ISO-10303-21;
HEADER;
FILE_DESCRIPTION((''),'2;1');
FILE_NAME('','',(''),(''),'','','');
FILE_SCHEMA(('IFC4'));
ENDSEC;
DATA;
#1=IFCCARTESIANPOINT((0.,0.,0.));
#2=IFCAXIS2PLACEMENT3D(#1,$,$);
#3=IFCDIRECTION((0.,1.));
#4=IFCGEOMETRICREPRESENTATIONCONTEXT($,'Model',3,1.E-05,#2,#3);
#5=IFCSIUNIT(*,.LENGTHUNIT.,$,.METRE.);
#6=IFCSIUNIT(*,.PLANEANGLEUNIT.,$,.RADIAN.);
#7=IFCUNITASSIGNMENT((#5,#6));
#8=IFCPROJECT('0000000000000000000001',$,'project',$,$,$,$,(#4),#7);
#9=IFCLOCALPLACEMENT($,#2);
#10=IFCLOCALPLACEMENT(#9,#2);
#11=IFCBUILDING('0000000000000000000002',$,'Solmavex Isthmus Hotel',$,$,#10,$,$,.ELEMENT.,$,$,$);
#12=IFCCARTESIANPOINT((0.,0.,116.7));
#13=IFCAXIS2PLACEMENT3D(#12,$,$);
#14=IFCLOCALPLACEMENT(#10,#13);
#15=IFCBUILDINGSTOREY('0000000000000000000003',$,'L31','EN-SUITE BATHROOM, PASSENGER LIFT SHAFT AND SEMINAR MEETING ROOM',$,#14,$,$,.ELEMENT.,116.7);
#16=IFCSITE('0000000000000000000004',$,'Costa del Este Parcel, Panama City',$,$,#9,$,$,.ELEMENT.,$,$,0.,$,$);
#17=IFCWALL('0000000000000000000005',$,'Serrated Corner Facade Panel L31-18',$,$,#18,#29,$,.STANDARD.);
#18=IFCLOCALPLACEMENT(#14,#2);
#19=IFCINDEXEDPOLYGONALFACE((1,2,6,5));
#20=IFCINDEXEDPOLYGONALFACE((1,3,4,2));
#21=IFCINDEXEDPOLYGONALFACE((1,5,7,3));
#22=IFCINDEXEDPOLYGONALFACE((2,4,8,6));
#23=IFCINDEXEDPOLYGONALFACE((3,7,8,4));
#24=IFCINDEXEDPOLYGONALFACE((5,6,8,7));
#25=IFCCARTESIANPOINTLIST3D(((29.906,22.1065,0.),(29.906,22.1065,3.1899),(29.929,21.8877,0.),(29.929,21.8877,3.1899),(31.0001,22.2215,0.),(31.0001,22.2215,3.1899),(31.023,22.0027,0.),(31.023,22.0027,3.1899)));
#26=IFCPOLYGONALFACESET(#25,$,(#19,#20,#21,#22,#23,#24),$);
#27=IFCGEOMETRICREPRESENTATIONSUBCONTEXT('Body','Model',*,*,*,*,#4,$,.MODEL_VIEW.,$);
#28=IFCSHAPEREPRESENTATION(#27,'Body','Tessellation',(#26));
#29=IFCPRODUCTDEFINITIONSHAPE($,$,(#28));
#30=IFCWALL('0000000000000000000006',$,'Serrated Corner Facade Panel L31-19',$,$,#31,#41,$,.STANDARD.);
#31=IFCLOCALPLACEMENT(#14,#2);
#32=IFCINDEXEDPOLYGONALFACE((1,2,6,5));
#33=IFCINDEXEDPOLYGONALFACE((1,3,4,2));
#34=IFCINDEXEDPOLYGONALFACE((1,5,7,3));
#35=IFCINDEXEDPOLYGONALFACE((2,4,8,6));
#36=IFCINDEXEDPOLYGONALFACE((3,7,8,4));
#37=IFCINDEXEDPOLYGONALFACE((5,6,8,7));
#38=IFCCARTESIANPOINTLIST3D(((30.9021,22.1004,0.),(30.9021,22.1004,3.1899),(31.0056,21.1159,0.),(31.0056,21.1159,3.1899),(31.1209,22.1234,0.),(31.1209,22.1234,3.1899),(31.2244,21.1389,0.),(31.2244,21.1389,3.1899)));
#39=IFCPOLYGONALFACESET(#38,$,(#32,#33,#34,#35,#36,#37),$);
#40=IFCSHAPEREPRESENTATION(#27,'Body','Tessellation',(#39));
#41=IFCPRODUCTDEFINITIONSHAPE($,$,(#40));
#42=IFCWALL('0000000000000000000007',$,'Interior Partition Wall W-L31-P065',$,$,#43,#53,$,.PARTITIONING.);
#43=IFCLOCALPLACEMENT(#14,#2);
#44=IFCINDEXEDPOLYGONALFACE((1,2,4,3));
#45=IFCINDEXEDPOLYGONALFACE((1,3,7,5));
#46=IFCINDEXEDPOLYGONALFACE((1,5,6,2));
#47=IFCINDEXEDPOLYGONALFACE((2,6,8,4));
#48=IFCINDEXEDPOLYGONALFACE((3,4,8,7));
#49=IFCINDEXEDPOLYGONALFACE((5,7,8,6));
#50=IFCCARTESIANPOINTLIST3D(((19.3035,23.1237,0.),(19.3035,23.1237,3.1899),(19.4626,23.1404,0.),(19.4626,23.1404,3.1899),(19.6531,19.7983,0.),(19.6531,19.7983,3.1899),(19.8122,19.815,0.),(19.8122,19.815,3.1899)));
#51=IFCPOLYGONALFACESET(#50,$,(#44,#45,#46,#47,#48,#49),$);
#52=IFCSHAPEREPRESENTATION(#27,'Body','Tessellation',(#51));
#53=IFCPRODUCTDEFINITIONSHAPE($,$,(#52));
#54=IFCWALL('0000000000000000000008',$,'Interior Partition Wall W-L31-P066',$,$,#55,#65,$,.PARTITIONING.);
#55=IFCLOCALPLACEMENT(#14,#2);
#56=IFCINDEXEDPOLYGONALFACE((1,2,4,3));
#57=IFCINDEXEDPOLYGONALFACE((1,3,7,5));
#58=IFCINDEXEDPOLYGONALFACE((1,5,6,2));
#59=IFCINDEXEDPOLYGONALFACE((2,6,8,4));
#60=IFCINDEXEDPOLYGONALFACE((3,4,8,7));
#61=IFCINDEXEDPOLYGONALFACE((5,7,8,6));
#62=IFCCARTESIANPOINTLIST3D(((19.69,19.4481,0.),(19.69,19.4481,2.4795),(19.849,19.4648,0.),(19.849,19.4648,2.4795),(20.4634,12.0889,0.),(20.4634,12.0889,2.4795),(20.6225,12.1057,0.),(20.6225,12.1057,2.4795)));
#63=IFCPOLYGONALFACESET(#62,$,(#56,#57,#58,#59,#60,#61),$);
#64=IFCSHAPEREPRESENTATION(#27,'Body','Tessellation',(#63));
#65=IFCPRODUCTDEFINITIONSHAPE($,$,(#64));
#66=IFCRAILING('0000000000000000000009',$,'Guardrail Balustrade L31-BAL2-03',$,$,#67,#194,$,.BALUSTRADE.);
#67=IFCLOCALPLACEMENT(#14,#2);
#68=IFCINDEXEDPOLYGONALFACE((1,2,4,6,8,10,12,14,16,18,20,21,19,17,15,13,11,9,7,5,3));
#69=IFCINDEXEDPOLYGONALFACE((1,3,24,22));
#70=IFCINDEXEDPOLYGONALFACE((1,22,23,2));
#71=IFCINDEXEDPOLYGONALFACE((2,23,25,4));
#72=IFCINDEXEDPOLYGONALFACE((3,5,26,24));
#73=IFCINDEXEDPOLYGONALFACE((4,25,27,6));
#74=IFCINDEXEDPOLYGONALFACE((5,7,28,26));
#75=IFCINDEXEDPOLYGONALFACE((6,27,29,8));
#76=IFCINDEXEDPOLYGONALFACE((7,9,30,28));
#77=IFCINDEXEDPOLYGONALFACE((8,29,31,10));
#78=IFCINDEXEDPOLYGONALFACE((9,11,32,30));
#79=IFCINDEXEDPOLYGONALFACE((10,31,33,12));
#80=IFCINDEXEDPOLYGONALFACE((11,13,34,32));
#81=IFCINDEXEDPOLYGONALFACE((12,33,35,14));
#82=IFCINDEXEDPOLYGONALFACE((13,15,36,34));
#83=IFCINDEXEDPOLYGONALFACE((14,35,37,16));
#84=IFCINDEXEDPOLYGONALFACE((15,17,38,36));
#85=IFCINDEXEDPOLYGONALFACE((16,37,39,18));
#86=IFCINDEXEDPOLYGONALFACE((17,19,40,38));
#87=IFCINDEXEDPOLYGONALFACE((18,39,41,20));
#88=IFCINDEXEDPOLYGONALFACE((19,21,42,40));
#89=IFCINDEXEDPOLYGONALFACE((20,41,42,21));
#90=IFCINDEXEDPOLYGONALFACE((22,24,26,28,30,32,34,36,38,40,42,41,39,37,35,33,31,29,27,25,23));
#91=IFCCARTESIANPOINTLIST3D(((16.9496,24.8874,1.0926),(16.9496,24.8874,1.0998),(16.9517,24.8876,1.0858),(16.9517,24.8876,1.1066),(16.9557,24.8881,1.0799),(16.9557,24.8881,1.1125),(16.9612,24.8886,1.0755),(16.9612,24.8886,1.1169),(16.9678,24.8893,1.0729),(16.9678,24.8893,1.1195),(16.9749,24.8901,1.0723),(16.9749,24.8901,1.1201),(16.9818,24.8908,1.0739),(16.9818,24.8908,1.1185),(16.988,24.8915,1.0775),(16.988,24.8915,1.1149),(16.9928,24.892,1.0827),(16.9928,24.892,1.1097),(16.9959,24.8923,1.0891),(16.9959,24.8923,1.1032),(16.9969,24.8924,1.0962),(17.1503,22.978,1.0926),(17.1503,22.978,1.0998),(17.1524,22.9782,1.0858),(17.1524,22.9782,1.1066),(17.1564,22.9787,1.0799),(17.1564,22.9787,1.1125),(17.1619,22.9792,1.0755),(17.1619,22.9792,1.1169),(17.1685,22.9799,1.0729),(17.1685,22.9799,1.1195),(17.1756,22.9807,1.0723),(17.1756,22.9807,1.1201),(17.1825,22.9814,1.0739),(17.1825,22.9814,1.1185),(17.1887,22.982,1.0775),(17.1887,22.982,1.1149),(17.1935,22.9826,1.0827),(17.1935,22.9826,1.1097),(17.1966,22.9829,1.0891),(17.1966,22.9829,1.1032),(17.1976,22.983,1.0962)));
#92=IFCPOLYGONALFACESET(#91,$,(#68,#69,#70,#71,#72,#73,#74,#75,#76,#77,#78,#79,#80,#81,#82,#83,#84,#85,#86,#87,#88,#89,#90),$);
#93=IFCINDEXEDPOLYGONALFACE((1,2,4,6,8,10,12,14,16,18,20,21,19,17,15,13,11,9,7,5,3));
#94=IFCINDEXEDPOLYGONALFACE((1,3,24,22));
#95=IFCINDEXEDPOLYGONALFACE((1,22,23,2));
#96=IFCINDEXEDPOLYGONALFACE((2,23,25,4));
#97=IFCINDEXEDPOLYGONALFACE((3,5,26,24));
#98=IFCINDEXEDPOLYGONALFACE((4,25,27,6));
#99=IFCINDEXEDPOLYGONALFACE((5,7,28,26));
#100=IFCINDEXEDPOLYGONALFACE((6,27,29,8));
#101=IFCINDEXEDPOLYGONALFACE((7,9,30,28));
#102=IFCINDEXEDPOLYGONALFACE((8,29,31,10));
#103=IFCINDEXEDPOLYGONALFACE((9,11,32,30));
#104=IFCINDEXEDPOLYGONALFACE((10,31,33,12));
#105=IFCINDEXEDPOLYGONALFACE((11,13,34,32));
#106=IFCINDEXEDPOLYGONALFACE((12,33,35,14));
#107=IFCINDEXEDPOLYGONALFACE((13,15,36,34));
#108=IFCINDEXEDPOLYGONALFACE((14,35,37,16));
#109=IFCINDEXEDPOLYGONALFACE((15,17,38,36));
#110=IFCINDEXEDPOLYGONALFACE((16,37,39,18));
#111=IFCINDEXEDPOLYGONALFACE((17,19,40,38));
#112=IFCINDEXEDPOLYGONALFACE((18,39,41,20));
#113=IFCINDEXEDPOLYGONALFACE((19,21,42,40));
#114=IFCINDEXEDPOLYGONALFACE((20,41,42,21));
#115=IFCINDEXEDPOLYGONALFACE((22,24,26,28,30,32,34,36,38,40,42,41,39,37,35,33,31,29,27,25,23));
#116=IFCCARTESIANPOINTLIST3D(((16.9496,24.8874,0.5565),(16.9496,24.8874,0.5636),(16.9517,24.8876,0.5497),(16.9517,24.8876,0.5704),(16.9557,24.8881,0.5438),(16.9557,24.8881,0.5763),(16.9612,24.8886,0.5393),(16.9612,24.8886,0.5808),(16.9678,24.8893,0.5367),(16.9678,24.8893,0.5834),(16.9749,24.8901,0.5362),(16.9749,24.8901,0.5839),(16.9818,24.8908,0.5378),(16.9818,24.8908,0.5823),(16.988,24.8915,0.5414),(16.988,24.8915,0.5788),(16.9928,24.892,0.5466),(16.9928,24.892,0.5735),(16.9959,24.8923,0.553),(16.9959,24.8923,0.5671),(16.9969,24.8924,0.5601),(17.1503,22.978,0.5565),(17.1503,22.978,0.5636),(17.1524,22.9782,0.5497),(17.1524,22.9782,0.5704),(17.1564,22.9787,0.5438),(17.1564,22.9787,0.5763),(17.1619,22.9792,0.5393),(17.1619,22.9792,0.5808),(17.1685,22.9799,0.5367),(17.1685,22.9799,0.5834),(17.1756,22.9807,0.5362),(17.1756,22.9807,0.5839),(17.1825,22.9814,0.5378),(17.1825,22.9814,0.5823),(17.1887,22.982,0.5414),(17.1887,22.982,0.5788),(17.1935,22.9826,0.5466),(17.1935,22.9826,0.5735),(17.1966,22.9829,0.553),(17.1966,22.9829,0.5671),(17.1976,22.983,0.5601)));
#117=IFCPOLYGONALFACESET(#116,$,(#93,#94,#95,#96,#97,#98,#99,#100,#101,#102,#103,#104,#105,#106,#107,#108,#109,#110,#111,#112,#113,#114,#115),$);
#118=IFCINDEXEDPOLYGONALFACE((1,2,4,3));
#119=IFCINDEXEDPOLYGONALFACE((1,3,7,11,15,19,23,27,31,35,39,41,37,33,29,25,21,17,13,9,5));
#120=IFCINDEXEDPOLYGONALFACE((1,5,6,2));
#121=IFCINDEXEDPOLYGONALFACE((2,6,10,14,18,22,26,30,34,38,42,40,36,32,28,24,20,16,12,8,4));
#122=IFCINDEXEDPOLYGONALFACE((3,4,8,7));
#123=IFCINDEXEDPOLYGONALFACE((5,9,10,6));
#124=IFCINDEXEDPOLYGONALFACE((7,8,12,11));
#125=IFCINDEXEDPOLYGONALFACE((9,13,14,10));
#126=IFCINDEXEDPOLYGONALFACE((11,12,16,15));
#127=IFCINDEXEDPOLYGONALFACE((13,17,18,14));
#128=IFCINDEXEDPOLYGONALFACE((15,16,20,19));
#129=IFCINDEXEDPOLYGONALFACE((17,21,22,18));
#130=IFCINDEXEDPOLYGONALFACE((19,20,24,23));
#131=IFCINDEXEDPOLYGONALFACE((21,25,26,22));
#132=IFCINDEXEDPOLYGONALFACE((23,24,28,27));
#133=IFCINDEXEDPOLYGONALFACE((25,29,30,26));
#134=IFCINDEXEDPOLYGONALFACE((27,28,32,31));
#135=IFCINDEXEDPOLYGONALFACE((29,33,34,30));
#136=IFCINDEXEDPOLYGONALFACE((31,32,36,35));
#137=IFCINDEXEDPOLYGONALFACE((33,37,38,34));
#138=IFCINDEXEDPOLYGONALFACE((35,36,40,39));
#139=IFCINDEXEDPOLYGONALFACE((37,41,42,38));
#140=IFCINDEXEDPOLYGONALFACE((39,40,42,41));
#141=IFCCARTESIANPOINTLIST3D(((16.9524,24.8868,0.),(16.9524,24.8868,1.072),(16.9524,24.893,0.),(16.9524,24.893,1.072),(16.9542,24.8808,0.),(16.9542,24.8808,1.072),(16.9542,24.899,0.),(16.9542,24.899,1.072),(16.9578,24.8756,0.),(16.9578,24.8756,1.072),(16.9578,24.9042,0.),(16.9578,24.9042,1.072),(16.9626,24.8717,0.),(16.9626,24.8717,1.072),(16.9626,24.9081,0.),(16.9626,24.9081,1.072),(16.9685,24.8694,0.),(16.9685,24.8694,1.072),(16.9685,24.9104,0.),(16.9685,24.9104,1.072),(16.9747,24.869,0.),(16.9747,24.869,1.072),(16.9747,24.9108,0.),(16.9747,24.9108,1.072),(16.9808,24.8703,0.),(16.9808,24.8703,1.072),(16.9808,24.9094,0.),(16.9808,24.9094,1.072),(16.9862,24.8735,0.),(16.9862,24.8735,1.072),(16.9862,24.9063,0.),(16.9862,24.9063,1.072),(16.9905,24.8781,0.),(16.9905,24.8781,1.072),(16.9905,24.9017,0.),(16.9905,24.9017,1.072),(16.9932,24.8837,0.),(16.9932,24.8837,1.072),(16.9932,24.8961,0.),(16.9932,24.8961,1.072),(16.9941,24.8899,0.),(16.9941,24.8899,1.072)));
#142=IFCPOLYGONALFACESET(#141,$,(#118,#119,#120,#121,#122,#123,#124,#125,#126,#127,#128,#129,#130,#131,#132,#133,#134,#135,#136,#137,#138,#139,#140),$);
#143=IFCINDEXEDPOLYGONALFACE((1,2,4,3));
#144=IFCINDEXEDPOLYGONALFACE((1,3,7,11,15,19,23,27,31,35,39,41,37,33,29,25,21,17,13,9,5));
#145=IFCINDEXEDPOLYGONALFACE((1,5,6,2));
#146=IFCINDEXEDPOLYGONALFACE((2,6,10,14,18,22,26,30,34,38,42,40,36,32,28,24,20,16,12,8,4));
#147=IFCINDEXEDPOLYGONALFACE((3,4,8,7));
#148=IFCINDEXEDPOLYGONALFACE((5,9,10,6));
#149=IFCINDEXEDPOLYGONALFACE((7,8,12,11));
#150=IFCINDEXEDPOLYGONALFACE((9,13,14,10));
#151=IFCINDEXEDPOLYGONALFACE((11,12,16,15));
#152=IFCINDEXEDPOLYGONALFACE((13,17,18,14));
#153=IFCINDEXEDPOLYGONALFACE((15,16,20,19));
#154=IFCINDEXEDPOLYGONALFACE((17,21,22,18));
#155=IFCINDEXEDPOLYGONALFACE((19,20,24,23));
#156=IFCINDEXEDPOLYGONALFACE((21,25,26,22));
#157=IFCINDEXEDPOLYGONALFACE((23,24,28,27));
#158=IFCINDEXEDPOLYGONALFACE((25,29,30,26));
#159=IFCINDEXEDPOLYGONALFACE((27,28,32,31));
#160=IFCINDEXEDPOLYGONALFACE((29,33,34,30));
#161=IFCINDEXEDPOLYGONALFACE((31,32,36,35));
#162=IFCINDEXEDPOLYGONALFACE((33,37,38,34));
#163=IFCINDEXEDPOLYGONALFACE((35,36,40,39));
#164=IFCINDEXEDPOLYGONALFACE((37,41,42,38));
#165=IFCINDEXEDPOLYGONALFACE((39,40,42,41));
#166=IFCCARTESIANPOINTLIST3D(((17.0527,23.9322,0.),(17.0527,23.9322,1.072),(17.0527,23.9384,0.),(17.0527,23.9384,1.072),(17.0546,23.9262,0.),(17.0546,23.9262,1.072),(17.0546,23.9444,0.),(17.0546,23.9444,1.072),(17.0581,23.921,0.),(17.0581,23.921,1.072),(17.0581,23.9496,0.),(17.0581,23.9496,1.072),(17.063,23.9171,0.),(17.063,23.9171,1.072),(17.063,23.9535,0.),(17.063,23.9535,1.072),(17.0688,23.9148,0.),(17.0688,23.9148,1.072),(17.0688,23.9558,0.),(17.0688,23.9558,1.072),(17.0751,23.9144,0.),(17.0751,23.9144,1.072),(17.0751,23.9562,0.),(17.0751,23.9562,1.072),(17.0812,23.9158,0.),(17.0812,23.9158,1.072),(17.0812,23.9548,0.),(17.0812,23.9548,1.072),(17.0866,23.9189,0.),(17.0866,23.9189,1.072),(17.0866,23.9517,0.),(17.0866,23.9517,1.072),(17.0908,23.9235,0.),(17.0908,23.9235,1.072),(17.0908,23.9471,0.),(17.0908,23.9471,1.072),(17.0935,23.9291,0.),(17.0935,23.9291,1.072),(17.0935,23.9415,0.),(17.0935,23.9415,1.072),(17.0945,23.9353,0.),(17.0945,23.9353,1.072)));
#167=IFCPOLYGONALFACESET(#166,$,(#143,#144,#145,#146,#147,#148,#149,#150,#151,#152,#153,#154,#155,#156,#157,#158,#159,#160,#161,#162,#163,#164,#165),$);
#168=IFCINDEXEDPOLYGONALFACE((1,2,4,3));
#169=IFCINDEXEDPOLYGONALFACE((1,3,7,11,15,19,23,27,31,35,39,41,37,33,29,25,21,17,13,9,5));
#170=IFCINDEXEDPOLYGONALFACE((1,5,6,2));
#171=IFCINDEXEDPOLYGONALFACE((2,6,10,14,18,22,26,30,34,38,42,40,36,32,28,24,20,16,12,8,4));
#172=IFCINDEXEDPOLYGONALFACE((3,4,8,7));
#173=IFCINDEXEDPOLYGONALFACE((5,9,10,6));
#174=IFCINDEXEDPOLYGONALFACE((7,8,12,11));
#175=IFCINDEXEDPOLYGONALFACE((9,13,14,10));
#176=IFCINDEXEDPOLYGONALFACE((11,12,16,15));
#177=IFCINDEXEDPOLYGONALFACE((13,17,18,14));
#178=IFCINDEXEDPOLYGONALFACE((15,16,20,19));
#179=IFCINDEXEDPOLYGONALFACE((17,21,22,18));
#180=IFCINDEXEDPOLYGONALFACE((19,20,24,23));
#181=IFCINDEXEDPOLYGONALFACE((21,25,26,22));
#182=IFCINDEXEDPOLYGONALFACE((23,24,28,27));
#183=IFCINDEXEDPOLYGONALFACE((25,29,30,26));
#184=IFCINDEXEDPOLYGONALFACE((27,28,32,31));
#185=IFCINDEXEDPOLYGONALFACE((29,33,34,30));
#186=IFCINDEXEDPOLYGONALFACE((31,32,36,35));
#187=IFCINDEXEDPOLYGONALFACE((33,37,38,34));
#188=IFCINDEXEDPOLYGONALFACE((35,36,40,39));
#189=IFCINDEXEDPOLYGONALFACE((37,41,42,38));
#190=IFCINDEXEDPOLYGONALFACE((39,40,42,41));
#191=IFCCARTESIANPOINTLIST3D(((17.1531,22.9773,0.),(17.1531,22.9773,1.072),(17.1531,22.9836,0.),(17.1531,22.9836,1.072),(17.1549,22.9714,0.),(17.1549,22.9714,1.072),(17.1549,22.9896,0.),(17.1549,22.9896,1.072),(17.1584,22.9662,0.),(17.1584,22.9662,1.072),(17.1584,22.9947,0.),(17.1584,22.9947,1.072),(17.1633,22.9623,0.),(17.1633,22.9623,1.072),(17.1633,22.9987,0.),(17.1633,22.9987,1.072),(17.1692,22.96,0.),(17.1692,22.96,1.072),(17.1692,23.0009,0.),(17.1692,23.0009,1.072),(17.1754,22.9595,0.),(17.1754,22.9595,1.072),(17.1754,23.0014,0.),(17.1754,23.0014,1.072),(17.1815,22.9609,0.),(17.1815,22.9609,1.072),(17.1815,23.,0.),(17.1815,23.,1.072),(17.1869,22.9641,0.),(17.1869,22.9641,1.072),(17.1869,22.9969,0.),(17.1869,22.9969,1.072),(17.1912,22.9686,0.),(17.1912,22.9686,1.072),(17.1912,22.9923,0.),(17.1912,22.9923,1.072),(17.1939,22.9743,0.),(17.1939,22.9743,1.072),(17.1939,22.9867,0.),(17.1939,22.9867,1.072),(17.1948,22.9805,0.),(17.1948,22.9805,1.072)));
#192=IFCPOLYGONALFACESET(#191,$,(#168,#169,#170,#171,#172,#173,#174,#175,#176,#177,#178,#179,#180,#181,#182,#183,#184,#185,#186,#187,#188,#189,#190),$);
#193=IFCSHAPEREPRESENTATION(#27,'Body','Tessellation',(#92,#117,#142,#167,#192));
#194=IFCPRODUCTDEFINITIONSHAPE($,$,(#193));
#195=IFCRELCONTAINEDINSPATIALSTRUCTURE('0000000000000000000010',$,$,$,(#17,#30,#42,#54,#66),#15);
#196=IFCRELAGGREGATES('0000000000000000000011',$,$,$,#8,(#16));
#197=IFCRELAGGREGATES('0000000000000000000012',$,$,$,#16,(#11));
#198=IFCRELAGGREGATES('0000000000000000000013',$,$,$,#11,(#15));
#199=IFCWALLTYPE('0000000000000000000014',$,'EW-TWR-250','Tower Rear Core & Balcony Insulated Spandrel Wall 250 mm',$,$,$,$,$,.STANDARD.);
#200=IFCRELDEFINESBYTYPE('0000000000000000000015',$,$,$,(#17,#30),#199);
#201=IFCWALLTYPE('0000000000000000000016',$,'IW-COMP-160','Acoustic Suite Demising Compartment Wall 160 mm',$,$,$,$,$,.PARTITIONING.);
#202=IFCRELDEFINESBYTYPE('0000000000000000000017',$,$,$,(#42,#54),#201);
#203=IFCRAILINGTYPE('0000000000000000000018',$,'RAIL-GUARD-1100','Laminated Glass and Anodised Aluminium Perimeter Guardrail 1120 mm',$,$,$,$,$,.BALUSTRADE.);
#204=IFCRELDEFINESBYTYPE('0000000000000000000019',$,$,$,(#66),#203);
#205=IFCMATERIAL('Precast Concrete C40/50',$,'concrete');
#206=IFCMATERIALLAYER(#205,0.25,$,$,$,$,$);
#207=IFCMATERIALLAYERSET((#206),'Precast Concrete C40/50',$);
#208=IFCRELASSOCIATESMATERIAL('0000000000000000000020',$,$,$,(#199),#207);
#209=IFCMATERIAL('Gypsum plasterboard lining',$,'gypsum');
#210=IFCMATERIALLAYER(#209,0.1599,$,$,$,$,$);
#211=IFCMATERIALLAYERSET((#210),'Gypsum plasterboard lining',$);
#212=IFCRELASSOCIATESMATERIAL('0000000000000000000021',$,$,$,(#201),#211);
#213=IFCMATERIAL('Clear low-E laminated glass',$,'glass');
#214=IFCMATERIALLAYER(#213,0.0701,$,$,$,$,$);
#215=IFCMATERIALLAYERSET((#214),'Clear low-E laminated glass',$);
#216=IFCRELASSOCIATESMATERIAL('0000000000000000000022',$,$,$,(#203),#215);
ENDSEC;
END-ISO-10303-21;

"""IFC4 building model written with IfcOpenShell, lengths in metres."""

from ifc_helpers import new_model, si_unit, direction, frame, frame_2d, origin, origin_2d, place, context, subcontext, project, spatial, rectangle, circle, extrude, material, layer, layer_set, type_object, element, save


model = new_model("IFC4")

# Units and contexts
model_context = context("Model", 3, precision=1e-05, world=origin(), true_north=direction((0.0, 1.0)))
body_context = subcontext(model_context, "Body", "Model", "MODEL_VIEW")
ifc_project = project(units=[si_unit("LENGTHUNIT", "METRE"), si_unit("PLANEANGLEUNIT", "RADIAN")], contexts=[model_context])

# Site, building, storey
site_placement = place(None, origin())
site = spatial("IfcSite", under=ifc_project, at=site_placement, Name="Costa del Este Parcel, Panama City", CompositionType="ELEMENT", RefElevation=0.0)
building_placement = place(site_placement, origin())
building = spatial("IfcBuilding", under=site, at=building_placement, Name="Solmavex Isthmus Hotel", CompositionType="ELEMENT")
storey_placement = place(building_placement, frame((0.0, 0.0, 116.7)))
storey = spatial("IfcBuildingStorey", under=building, at=storey_placement, Name="L31", Description="EN-SUITE BATHROOM, PASSENGER LIFT SHAFT AND SEMINAR MEETING ROOM", CompositionType="ELEMENT", Elevation=116.7)

# Shared definitions
ifc_material_1 = material(Name="Clear low-E laminated glass", Category="glass")

# Walls
ifc_material_2 = material(Name="Precast Concrete C40/50", Category="concrete")
ifc_layer_1 = layer(ifc_material_2, 0.25)
ifc_layer_set_1 = layer_set([ifc_layer_1], Name="Precast Concrete C40/50")
wall_type_1 = type_object("IfcWallType", Name="EW-TWR-250", Description="Tower Rear Core & Balcony Insulated Spandrel Wall 250 mm", PredefinedType="STANDARD", material=ifc_layer_set_1)
for number, where, z_axis, x_axis, name in (
    (1, (29.9175, 21.9971, 0.0), (0.0, 0.0, 1.0), (0.994521, 0.104535, 0.0), "Serrated Corner Facade Panel L31-18"),
):
    element("IfcWall", number, at=place(storey_placement, frame(where, z_axis=z_axis, x_axis=x_axis)), inside=storey, type_object=wall_type_1, Name=name, PredefinedType="STANDARD", context=body_context, shape_type="SweptSolid", body=[
        extrude(rectangle(XDim=1.1001, YDim=0.22, at=frame_2d((0.55, 0.0))), origin(), (0.0, 0.0, 1.0), 3.1899),
    ])
wall_1_placement = place(storey_placement, frame((31.0115, 22.1121, 0.0), z_axis=(0.0, 0.0, 1.0), x_axis=(0.104556, -0.994519, 0.0)))
element("IfcWall", 2, at=wall_1_placement, inside=storey, type_object=wall_type_1, Name="Serrated Corner Facade Panel L31-19", PredefinedType="STANDARD", context=body_context, shape_type="SweptSolid", body=[
    extrude(rectangle(XDim=0.99, YDim=0.22, at=frame_2d((0.4951, 0.0))), origin(), (0.0, 0.0, 1.0), 3.1899),
])
ifc_material_3 = material(Name="Gypsum plasterboard lining", Category="gypsum")
ifc_layer_2 = layer(ifc_material_3, 0.1599)
ifc_layer_set_2 = layer_set([ifc_layer_2], Name="Gypsum plasterboard lining")
wall_type_2 = type_object("IfcWallType", Name="IW-COMP-160", Description="Acoustic Suite Demising Compartment Wall 160 mm", PredefinedType="PARTITIONING", material=ifc_layer_set_2)
wall_2_placement = place(storey_placement, frame((19.3831, 23.1321, 0.0), z_axis=(0.0, 0.0, 1.0), x_axis=(0.104556, -0.994519, 0.0)))
element("IfcWall", 3, at=wall_2_placement, inside=storey, type_object=wall_type_2, Name="Interior Partition Wall W-L31-P065", PredefinedType="PARTITIONING", context=body_context, shape_type="SweptSolid", body=[
    extrude(rectangle(XDim=3.3438, YDim=0.1599, at=frame_2d((1.6719, 0.0))), origin(), (0.0, 0.0, 1.0), 3.1899),
])
wall_3_placement = place(storey_placement, frame((19.7695, 19.4563, 0.0), z_axis=(0.0, 0.0, 1.0), x_axis=(0.104523, -0.994522, 0.0)))
element("IfcWall", 4, at=wall_3_placement, inside=storey, type_object=wall_type_2, Name="Interior Partition Wall W-L31-P066", PredefinedType="PARTITIONING", context=body_context, shape_type="SweptSolid", body=[
    extrude(rectangle(XDim=7.3997, YDim=0.1599, at=frame_2d((3.6997, 0.0))), origin(), (0.0, 0.0, 1.0), 2.4795),
])

# Railing
ifc_layer_3 = layer(ifc_material_1, 0.0701)
ifc_layer_set_3 = layer_set([ifc_layer_3], Name="Clear low-E laminated glass")
railing_type = type_object("IfcRailingType", Name="RAIL-GUARD-1100", Description="Laminated Glass and Anodised Aluminium Perimeter Guardrail 1120 mm", PredefinedType="BALUSTRADE", material=ifc_layer_set_3)
railing_placement = place(storey_placement, frame((16.9731, 24.8899, 0.0)))
element("IfcRailing", 5, at=railing_placement, inside=storey, type_object=railing_type, Name="Guardrail Balustrade L31-BAL2-03", PredefinedType="BALUSTRADE", context=body_context, shape_type="SweptSolid", body=[
    extrude(circle(Radius=0.0239, at=origin_2d()), frame((0.0, 0.0, 1.0962), z_axis=(0.104526, -0.994522, 0.0), x_axis=(0.994522, 0.104526, 0.0)), (0.0, 0.0, 1.0), 1.9199),
    extrude(circle(Radius=0.0239, at=origin_2d()), frame((0.0, 0.0, 0.5601), z_axis=(0.104526, -0.994522, 0.0), x_axis=(0.994522, 0.104526, 0.0)), (0.0, 0.0, 1.0), 1.9199),
    extrude(circle(Radius=0.021, at=origin_2d()), origin(), (0.0, 0.0, 1.0), 1.072),
    extrude(circle(Radius=0.021, at=origin_2d()), frame((0.1003, -0.9546, 0.0)), (0.0, 0.0, 1.0), 1.072),
    extrude(circle(Radius=0.021, at=origin_2d()), frame((0.2007, -1.9094, 0.0)), (0.0, 0.0, 1.0), 1.072),
])

save(model, "model.ifc")
